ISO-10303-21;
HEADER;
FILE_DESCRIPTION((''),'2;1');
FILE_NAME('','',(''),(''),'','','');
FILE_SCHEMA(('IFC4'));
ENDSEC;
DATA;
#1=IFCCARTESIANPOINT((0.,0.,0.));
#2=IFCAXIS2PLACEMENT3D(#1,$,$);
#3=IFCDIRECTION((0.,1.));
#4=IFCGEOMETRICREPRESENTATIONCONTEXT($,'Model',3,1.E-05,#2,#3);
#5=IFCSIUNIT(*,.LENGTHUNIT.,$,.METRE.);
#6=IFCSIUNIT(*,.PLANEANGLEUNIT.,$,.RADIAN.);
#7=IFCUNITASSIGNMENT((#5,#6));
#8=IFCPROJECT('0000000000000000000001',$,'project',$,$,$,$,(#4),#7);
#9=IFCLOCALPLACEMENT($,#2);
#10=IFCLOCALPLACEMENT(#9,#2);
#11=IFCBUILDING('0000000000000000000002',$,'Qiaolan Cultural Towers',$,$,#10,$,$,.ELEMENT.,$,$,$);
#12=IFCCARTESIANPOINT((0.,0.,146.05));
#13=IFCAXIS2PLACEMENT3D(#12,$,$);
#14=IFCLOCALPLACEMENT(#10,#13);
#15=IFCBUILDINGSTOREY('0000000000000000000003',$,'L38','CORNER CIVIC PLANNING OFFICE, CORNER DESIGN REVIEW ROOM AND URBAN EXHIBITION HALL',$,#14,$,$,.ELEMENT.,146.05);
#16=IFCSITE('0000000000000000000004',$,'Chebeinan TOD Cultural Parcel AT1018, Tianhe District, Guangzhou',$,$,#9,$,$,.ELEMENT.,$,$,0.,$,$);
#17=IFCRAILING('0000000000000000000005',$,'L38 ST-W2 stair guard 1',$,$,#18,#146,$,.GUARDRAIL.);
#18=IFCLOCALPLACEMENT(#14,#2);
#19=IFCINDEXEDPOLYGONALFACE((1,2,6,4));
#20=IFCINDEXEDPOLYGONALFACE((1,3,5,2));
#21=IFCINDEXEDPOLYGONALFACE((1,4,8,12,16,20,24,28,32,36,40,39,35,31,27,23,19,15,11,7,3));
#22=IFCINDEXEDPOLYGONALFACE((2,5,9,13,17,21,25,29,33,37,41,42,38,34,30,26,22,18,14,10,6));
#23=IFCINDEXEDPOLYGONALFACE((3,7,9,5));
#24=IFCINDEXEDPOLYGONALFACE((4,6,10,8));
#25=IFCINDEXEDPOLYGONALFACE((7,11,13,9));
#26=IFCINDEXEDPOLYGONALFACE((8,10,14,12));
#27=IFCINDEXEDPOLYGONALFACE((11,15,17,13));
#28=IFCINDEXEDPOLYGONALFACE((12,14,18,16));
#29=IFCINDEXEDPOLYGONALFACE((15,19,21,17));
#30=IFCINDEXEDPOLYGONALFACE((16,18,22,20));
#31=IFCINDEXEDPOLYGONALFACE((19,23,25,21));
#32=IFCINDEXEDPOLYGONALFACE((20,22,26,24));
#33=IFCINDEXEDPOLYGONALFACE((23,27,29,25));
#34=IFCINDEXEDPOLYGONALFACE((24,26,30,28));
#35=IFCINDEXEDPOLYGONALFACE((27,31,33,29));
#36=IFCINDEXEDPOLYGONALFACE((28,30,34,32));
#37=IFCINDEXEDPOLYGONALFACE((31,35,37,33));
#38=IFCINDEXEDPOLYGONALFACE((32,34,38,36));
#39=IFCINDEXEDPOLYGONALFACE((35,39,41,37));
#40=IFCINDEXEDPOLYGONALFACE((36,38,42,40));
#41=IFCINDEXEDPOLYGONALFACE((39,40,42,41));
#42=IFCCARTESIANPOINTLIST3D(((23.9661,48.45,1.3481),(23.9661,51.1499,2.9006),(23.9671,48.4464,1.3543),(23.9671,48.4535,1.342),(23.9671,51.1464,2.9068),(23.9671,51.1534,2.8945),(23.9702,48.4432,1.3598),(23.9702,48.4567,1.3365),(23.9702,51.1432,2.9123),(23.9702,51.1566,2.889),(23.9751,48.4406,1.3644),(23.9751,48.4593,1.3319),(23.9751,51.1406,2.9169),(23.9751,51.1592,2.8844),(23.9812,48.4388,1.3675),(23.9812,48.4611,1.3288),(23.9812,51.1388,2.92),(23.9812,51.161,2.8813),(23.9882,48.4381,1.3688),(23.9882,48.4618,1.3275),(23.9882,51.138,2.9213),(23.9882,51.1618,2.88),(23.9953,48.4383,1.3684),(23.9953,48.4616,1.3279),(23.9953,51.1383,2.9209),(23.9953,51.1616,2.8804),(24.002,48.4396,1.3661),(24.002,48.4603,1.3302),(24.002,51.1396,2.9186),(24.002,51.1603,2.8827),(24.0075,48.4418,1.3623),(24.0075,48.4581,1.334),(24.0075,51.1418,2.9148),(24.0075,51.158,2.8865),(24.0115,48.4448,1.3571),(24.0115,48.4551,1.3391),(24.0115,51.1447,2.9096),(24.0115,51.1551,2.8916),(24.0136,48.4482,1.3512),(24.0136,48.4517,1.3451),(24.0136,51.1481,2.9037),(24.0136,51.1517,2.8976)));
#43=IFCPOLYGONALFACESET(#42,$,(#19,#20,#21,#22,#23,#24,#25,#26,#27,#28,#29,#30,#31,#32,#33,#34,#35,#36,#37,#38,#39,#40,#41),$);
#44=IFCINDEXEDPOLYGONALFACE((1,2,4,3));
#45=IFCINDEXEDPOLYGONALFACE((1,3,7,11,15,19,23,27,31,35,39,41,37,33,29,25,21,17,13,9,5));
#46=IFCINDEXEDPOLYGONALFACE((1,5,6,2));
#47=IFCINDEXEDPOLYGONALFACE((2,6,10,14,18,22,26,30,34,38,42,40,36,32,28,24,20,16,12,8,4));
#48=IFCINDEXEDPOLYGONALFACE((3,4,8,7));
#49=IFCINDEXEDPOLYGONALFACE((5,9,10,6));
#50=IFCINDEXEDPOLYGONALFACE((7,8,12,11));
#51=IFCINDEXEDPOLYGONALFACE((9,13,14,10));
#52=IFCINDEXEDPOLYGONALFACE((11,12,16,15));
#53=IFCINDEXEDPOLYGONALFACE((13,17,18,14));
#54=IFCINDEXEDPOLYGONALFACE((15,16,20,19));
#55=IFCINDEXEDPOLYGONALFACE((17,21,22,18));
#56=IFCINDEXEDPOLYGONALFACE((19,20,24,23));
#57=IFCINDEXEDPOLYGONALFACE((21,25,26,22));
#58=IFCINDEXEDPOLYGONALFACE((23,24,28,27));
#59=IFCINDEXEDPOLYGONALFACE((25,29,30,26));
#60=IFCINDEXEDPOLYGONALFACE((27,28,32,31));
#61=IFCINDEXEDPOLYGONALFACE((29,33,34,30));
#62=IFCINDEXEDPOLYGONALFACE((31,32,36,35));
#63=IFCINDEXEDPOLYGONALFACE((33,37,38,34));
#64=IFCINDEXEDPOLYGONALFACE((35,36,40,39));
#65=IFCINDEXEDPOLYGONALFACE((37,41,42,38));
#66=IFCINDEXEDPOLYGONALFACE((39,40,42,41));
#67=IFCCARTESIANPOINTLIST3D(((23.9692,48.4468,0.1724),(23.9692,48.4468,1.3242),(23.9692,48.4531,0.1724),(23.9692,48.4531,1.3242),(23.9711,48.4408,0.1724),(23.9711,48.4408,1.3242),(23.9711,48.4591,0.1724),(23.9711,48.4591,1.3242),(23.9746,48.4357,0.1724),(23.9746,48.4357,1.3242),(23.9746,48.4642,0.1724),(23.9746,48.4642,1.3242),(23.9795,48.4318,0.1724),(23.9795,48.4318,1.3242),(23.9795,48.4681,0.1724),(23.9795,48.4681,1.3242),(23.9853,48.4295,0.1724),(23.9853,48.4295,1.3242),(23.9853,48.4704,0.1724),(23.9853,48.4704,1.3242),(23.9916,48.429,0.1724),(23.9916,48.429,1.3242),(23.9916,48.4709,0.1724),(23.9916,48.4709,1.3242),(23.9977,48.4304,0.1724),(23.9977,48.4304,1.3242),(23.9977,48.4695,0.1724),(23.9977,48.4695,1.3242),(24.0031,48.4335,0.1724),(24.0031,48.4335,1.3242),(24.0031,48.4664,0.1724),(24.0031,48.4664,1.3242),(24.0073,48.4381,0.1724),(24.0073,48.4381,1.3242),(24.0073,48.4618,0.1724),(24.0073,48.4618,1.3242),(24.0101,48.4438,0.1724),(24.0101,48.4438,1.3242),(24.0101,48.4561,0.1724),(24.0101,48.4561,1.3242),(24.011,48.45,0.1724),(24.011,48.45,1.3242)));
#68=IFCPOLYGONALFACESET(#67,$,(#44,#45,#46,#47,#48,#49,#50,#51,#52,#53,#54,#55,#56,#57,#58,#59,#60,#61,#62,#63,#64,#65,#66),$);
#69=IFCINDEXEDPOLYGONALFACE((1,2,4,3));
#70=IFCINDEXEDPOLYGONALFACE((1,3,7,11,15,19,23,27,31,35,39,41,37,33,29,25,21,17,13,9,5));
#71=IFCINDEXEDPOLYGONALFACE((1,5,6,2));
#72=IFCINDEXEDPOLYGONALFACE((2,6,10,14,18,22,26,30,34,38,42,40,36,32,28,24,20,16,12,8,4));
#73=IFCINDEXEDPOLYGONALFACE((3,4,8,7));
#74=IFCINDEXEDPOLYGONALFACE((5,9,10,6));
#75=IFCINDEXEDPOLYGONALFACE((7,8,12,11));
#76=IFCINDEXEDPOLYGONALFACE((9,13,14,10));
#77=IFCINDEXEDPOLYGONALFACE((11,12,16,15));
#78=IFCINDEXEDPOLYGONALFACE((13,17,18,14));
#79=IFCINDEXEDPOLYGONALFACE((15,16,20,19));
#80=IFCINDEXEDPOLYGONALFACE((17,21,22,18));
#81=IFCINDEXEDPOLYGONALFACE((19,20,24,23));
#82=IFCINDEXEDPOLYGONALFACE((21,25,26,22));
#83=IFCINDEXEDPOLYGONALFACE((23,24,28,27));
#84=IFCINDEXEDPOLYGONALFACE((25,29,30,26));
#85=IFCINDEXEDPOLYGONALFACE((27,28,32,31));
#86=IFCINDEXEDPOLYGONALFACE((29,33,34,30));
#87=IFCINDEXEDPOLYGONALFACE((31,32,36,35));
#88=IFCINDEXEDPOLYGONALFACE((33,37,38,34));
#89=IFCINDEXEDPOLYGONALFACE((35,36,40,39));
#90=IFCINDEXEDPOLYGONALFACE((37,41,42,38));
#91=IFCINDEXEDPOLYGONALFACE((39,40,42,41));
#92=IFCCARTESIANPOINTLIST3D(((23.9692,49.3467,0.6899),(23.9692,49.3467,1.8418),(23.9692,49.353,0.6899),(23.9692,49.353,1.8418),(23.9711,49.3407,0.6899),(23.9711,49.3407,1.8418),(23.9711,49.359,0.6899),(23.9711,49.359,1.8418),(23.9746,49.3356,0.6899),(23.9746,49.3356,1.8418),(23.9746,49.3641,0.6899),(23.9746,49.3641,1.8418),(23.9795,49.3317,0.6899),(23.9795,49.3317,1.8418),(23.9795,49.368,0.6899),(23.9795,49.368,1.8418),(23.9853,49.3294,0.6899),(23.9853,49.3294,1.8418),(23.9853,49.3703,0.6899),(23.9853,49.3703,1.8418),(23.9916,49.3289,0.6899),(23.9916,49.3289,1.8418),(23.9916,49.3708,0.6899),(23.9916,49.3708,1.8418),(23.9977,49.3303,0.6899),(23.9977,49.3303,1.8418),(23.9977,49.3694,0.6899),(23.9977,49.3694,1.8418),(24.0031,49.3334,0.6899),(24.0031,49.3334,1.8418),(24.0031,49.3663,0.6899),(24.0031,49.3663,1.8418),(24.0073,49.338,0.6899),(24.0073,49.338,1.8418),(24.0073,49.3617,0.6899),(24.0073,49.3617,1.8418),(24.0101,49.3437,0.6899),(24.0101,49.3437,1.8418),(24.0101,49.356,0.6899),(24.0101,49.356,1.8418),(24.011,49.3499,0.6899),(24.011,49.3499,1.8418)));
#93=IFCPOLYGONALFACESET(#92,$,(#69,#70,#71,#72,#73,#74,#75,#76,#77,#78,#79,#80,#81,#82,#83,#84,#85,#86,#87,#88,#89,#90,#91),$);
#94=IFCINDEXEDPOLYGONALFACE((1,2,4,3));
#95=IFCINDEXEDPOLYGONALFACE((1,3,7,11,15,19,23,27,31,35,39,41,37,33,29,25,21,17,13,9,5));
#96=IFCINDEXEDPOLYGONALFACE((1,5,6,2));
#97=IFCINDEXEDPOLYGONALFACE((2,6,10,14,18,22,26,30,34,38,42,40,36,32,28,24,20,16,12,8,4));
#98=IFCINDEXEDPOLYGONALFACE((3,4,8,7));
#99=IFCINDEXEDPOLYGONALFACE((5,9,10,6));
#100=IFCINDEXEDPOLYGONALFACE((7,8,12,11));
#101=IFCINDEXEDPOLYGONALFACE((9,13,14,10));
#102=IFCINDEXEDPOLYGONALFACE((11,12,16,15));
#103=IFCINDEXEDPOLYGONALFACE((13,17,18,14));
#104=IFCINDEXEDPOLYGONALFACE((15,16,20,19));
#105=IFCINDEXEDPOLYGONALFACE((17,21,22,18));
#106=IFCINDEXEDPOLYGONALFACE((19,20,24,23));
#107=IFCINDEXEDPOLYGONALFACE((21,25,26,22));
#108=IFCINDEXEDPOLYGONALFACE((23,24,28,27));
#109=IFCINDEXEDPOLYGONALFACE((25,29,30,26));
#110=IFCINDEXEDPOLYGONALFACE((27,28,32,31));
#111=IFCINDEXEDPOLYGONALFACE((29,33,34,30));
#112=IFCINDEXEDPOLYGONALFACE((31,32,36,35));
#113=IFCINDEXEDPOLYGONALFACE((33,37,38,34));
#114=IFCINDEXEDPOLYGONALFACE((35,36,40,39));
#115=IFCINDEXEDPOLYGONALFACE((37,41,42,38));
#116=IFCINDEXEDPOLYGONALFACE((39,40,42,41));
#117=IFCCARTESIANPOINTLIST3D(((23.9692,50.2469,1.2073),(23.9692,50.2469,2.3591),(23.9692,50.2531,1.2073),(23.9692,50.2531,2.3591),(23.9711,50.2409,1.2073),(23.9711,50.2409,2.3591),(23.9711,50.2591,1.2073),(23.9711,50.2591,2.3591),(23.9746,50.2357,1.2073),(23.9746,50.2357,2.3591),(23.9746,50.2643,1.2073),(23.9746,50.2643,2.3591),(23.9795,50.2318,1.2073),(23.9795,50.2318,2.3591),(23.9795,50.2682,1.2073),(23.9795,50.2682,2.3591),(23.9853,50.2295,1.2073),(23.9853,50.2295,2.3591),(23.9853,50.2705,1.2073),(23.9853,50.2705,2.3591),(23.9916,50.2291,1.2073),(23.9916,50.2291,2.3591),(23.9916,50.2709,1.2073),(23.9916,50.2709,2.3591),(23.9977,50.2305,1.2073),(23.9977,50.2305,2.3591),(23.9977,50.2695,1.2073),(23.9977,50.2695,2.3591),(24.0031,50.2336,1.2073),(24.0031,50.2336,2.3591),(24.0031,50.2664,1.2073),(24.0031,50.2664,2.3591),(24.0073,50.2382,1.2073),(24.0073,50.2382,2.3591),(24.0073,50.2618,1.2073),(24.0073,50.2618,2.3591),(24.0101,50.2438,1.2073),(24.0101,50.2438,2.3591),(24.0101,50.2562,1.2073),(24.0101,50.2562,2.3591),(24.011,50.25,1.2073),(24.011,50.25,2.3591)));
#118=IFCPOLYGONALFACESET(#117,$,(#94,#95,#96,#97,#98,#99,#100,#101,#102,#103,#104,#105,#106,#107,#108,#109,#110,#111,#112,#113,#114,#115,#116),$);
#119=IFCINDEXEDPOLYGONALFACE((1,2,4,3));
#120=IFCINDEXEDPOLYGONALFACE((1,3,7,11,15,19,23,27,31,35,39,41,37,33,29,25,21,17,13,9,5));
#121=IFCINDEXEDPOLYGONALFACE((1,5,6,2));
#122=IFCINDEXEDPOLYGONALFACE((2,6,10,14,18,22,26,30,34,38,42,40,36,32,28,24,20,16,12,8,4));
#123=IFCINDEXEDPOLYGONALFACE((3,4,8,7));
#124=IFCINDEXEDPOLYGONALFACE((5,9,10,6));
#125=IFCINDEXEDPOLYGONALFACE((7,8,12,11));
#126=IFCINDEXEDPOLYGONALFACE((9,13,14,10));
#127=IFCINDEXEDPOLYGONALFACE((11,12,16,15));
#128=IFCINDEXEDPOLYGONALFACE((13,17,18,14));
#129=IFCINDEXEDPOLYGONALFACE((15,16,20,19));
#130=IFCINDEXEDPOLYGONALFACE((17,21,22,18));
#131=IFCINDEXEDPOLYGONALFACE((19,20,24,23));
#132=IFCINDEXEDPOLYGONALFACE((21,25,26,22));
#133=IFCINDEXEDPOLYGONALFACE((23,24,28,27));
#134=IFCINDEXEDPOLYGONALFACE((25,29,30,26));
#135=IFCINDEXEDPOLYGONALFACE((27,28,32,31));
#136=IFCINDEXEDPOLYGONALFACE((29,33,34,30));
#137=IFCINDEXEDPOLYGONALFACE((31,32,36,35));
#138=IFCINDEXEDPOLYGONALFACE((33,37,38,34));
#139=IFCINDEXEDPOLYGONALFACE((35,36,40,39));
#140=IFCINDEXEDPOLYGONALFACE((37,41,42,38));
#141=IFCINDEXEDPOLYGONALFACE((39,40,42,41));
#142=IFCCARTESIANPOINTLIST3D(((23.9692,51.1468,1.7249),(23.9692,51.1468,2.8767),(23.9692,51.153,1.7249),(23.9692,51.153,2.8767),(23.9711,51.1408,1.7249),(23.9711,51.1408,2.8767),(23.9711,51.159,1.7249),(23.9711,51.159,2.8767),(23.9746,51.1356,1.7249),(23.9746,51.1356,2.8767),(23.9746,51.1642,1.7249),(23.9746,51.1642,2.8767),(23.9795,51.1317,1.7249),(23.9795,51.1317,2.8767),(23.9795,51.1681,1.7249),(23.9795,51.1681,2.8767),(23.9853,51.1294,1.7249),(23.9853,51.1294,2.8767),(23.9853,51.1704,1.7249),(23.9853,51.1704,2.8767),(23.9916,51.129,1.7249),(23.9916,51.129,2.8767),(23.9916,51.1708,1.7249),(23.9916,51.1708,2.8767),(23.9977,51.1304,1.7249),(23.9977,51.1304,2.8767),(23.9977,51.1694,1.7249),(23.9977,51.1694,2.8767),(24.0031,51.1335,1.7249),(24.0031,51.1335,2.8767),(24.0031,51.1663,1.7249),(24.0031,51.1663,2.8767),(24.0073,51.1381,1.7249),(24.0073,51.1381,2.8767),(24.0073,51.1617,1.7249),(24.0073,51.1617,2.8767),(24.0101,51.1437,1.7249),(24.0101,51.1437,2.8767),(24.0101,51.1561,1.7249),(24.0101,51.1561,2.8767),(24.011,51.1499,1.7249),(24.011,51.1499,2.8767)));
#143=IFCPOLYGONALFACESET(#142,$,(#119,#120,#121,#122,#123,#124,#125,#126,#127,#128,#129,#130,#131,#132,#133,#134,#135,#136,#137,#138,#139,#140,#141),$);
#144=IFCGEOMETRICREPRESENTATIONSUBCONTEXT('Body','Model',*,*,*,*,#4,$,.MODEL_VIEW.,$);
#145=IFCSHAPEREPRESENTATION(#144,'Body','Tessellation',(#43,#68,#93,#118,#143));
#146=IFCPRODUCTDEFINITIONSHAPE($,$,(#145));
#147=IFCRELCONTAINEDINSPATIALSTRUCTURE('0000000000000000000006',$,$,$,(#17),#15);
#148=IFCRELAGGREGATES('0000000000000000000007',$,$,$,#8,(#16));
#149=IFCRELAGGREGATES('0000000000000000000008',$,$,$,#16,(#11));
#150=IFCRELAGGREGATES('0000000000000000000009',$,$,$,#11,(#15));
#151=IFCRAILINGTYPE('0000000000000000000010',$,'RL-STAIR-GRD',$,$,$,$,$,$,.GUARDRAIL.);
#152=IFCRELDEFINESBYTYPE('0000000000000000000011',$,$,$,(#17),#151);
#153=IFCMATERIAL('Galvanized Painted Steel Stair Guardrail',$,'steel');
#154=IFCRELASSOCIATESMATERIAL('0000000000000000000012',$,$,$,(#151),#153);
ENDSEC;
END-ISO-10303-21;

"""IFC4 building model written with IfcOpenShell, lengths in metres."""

from ifc_helpers import new_model, si_unit, direction, frame, origin, origin_2d, place, context, subcontext, project, spatial, circle, extrude, material, type_object, element, save


model = new_model("IFC4")

# Units and contexts
model_context = context("Model", 3, precision=1e-05, world=origin(), true_north=direction((0.0, 1.0)))
body_context = subcontext(model_context, "Body", "Model", "MODEL_VIEW")
ifc_project = project(units=[si_unit("LENGTHUNIT", "METRE"), si_unit("PLANEANGLEUNIT", "RADIAN")], contexts=[model_context])

# Site, building, storey
site_placement = place(None, origin())
site = spatial("IfcSite", under=ifc_project, at=site_placement, Name="Chebeinan TOD Cultural Parcel AT1018, Tianhe District, Guangzhou", CompositionType="ELEMENT", RefElevation=0.0)
building_placement = place(site_placement, origin())
building = spatial("IfcBuilding", under=site, at=building_placement, Name="Qiaolan Cultural Towers", CompositionType="ELEMENT")
storey_placement = place(building_placement, frame((0.0, 0.0, 146.05)))
storey = spatial("IfcBuildingStorey", under=building, at=storey_placement, Name="L38", Description="CORNER CIVIC PLANNING OFFICE, CORNER DESIGN REVIEW ROOM AND URBAN EXHIBITION HALL", CompositionType="ELEMENT", Elevation=146.05)

# Railing
ifc_material_1 = material(Name="Galvanized Painted Steel Stair Guardrail", Category="steel")
railing_type_1 = type_object("IfcRailingType", Name="RL-STAIR-GRD", PredefinedType="GUARDRAIL", material=ifc_material_1)
railing_1_placement = place(storey_placement, frame((23.99, 48.45, 0.1724)))
element("IfcRailing", 1, at=railing_1_placement, inside=storey, type_object=railing_type_1, Name="L38 ST-W2 stair guard 1", PredefinedType="GUARDRAIL", context=body_context, shape_type="SweptSolid", body=[
    extrude(circle(Radius=0.0239, at=origin_2d()), frame((0.0, 0.0, 1.1758), z_axis=(0.0, 0.866904, 0.498476), x_axis=(-1.0, 0.0, 0.0)), (0.0, 0.0, 1.0), 3.1145),
    extrude(circle(Radius=0.021, at=origin_2d()), origin(), (0.0, 0.0, 1.0), 1.1519),
    extrude(circle(Radius=0.021, at=origin_2d()), frame((0.0, 0.8999, 0.5176)), (0.0, 0.0, 1.0), 1.1519),
    extrude(circle(Radius=0.021, at=origin_2d()), frame((0.0, 1.8, 1.0349)), (0.0, 0.0, 1.0), 1.1519),
    extrude(circle(Radius=0.021, at=origin_2d()), frame((0.0, 2.7, 1.5525)), (0.0, 0.0, 1.0), 1.1519),
])

save(model, "model.ifc")
